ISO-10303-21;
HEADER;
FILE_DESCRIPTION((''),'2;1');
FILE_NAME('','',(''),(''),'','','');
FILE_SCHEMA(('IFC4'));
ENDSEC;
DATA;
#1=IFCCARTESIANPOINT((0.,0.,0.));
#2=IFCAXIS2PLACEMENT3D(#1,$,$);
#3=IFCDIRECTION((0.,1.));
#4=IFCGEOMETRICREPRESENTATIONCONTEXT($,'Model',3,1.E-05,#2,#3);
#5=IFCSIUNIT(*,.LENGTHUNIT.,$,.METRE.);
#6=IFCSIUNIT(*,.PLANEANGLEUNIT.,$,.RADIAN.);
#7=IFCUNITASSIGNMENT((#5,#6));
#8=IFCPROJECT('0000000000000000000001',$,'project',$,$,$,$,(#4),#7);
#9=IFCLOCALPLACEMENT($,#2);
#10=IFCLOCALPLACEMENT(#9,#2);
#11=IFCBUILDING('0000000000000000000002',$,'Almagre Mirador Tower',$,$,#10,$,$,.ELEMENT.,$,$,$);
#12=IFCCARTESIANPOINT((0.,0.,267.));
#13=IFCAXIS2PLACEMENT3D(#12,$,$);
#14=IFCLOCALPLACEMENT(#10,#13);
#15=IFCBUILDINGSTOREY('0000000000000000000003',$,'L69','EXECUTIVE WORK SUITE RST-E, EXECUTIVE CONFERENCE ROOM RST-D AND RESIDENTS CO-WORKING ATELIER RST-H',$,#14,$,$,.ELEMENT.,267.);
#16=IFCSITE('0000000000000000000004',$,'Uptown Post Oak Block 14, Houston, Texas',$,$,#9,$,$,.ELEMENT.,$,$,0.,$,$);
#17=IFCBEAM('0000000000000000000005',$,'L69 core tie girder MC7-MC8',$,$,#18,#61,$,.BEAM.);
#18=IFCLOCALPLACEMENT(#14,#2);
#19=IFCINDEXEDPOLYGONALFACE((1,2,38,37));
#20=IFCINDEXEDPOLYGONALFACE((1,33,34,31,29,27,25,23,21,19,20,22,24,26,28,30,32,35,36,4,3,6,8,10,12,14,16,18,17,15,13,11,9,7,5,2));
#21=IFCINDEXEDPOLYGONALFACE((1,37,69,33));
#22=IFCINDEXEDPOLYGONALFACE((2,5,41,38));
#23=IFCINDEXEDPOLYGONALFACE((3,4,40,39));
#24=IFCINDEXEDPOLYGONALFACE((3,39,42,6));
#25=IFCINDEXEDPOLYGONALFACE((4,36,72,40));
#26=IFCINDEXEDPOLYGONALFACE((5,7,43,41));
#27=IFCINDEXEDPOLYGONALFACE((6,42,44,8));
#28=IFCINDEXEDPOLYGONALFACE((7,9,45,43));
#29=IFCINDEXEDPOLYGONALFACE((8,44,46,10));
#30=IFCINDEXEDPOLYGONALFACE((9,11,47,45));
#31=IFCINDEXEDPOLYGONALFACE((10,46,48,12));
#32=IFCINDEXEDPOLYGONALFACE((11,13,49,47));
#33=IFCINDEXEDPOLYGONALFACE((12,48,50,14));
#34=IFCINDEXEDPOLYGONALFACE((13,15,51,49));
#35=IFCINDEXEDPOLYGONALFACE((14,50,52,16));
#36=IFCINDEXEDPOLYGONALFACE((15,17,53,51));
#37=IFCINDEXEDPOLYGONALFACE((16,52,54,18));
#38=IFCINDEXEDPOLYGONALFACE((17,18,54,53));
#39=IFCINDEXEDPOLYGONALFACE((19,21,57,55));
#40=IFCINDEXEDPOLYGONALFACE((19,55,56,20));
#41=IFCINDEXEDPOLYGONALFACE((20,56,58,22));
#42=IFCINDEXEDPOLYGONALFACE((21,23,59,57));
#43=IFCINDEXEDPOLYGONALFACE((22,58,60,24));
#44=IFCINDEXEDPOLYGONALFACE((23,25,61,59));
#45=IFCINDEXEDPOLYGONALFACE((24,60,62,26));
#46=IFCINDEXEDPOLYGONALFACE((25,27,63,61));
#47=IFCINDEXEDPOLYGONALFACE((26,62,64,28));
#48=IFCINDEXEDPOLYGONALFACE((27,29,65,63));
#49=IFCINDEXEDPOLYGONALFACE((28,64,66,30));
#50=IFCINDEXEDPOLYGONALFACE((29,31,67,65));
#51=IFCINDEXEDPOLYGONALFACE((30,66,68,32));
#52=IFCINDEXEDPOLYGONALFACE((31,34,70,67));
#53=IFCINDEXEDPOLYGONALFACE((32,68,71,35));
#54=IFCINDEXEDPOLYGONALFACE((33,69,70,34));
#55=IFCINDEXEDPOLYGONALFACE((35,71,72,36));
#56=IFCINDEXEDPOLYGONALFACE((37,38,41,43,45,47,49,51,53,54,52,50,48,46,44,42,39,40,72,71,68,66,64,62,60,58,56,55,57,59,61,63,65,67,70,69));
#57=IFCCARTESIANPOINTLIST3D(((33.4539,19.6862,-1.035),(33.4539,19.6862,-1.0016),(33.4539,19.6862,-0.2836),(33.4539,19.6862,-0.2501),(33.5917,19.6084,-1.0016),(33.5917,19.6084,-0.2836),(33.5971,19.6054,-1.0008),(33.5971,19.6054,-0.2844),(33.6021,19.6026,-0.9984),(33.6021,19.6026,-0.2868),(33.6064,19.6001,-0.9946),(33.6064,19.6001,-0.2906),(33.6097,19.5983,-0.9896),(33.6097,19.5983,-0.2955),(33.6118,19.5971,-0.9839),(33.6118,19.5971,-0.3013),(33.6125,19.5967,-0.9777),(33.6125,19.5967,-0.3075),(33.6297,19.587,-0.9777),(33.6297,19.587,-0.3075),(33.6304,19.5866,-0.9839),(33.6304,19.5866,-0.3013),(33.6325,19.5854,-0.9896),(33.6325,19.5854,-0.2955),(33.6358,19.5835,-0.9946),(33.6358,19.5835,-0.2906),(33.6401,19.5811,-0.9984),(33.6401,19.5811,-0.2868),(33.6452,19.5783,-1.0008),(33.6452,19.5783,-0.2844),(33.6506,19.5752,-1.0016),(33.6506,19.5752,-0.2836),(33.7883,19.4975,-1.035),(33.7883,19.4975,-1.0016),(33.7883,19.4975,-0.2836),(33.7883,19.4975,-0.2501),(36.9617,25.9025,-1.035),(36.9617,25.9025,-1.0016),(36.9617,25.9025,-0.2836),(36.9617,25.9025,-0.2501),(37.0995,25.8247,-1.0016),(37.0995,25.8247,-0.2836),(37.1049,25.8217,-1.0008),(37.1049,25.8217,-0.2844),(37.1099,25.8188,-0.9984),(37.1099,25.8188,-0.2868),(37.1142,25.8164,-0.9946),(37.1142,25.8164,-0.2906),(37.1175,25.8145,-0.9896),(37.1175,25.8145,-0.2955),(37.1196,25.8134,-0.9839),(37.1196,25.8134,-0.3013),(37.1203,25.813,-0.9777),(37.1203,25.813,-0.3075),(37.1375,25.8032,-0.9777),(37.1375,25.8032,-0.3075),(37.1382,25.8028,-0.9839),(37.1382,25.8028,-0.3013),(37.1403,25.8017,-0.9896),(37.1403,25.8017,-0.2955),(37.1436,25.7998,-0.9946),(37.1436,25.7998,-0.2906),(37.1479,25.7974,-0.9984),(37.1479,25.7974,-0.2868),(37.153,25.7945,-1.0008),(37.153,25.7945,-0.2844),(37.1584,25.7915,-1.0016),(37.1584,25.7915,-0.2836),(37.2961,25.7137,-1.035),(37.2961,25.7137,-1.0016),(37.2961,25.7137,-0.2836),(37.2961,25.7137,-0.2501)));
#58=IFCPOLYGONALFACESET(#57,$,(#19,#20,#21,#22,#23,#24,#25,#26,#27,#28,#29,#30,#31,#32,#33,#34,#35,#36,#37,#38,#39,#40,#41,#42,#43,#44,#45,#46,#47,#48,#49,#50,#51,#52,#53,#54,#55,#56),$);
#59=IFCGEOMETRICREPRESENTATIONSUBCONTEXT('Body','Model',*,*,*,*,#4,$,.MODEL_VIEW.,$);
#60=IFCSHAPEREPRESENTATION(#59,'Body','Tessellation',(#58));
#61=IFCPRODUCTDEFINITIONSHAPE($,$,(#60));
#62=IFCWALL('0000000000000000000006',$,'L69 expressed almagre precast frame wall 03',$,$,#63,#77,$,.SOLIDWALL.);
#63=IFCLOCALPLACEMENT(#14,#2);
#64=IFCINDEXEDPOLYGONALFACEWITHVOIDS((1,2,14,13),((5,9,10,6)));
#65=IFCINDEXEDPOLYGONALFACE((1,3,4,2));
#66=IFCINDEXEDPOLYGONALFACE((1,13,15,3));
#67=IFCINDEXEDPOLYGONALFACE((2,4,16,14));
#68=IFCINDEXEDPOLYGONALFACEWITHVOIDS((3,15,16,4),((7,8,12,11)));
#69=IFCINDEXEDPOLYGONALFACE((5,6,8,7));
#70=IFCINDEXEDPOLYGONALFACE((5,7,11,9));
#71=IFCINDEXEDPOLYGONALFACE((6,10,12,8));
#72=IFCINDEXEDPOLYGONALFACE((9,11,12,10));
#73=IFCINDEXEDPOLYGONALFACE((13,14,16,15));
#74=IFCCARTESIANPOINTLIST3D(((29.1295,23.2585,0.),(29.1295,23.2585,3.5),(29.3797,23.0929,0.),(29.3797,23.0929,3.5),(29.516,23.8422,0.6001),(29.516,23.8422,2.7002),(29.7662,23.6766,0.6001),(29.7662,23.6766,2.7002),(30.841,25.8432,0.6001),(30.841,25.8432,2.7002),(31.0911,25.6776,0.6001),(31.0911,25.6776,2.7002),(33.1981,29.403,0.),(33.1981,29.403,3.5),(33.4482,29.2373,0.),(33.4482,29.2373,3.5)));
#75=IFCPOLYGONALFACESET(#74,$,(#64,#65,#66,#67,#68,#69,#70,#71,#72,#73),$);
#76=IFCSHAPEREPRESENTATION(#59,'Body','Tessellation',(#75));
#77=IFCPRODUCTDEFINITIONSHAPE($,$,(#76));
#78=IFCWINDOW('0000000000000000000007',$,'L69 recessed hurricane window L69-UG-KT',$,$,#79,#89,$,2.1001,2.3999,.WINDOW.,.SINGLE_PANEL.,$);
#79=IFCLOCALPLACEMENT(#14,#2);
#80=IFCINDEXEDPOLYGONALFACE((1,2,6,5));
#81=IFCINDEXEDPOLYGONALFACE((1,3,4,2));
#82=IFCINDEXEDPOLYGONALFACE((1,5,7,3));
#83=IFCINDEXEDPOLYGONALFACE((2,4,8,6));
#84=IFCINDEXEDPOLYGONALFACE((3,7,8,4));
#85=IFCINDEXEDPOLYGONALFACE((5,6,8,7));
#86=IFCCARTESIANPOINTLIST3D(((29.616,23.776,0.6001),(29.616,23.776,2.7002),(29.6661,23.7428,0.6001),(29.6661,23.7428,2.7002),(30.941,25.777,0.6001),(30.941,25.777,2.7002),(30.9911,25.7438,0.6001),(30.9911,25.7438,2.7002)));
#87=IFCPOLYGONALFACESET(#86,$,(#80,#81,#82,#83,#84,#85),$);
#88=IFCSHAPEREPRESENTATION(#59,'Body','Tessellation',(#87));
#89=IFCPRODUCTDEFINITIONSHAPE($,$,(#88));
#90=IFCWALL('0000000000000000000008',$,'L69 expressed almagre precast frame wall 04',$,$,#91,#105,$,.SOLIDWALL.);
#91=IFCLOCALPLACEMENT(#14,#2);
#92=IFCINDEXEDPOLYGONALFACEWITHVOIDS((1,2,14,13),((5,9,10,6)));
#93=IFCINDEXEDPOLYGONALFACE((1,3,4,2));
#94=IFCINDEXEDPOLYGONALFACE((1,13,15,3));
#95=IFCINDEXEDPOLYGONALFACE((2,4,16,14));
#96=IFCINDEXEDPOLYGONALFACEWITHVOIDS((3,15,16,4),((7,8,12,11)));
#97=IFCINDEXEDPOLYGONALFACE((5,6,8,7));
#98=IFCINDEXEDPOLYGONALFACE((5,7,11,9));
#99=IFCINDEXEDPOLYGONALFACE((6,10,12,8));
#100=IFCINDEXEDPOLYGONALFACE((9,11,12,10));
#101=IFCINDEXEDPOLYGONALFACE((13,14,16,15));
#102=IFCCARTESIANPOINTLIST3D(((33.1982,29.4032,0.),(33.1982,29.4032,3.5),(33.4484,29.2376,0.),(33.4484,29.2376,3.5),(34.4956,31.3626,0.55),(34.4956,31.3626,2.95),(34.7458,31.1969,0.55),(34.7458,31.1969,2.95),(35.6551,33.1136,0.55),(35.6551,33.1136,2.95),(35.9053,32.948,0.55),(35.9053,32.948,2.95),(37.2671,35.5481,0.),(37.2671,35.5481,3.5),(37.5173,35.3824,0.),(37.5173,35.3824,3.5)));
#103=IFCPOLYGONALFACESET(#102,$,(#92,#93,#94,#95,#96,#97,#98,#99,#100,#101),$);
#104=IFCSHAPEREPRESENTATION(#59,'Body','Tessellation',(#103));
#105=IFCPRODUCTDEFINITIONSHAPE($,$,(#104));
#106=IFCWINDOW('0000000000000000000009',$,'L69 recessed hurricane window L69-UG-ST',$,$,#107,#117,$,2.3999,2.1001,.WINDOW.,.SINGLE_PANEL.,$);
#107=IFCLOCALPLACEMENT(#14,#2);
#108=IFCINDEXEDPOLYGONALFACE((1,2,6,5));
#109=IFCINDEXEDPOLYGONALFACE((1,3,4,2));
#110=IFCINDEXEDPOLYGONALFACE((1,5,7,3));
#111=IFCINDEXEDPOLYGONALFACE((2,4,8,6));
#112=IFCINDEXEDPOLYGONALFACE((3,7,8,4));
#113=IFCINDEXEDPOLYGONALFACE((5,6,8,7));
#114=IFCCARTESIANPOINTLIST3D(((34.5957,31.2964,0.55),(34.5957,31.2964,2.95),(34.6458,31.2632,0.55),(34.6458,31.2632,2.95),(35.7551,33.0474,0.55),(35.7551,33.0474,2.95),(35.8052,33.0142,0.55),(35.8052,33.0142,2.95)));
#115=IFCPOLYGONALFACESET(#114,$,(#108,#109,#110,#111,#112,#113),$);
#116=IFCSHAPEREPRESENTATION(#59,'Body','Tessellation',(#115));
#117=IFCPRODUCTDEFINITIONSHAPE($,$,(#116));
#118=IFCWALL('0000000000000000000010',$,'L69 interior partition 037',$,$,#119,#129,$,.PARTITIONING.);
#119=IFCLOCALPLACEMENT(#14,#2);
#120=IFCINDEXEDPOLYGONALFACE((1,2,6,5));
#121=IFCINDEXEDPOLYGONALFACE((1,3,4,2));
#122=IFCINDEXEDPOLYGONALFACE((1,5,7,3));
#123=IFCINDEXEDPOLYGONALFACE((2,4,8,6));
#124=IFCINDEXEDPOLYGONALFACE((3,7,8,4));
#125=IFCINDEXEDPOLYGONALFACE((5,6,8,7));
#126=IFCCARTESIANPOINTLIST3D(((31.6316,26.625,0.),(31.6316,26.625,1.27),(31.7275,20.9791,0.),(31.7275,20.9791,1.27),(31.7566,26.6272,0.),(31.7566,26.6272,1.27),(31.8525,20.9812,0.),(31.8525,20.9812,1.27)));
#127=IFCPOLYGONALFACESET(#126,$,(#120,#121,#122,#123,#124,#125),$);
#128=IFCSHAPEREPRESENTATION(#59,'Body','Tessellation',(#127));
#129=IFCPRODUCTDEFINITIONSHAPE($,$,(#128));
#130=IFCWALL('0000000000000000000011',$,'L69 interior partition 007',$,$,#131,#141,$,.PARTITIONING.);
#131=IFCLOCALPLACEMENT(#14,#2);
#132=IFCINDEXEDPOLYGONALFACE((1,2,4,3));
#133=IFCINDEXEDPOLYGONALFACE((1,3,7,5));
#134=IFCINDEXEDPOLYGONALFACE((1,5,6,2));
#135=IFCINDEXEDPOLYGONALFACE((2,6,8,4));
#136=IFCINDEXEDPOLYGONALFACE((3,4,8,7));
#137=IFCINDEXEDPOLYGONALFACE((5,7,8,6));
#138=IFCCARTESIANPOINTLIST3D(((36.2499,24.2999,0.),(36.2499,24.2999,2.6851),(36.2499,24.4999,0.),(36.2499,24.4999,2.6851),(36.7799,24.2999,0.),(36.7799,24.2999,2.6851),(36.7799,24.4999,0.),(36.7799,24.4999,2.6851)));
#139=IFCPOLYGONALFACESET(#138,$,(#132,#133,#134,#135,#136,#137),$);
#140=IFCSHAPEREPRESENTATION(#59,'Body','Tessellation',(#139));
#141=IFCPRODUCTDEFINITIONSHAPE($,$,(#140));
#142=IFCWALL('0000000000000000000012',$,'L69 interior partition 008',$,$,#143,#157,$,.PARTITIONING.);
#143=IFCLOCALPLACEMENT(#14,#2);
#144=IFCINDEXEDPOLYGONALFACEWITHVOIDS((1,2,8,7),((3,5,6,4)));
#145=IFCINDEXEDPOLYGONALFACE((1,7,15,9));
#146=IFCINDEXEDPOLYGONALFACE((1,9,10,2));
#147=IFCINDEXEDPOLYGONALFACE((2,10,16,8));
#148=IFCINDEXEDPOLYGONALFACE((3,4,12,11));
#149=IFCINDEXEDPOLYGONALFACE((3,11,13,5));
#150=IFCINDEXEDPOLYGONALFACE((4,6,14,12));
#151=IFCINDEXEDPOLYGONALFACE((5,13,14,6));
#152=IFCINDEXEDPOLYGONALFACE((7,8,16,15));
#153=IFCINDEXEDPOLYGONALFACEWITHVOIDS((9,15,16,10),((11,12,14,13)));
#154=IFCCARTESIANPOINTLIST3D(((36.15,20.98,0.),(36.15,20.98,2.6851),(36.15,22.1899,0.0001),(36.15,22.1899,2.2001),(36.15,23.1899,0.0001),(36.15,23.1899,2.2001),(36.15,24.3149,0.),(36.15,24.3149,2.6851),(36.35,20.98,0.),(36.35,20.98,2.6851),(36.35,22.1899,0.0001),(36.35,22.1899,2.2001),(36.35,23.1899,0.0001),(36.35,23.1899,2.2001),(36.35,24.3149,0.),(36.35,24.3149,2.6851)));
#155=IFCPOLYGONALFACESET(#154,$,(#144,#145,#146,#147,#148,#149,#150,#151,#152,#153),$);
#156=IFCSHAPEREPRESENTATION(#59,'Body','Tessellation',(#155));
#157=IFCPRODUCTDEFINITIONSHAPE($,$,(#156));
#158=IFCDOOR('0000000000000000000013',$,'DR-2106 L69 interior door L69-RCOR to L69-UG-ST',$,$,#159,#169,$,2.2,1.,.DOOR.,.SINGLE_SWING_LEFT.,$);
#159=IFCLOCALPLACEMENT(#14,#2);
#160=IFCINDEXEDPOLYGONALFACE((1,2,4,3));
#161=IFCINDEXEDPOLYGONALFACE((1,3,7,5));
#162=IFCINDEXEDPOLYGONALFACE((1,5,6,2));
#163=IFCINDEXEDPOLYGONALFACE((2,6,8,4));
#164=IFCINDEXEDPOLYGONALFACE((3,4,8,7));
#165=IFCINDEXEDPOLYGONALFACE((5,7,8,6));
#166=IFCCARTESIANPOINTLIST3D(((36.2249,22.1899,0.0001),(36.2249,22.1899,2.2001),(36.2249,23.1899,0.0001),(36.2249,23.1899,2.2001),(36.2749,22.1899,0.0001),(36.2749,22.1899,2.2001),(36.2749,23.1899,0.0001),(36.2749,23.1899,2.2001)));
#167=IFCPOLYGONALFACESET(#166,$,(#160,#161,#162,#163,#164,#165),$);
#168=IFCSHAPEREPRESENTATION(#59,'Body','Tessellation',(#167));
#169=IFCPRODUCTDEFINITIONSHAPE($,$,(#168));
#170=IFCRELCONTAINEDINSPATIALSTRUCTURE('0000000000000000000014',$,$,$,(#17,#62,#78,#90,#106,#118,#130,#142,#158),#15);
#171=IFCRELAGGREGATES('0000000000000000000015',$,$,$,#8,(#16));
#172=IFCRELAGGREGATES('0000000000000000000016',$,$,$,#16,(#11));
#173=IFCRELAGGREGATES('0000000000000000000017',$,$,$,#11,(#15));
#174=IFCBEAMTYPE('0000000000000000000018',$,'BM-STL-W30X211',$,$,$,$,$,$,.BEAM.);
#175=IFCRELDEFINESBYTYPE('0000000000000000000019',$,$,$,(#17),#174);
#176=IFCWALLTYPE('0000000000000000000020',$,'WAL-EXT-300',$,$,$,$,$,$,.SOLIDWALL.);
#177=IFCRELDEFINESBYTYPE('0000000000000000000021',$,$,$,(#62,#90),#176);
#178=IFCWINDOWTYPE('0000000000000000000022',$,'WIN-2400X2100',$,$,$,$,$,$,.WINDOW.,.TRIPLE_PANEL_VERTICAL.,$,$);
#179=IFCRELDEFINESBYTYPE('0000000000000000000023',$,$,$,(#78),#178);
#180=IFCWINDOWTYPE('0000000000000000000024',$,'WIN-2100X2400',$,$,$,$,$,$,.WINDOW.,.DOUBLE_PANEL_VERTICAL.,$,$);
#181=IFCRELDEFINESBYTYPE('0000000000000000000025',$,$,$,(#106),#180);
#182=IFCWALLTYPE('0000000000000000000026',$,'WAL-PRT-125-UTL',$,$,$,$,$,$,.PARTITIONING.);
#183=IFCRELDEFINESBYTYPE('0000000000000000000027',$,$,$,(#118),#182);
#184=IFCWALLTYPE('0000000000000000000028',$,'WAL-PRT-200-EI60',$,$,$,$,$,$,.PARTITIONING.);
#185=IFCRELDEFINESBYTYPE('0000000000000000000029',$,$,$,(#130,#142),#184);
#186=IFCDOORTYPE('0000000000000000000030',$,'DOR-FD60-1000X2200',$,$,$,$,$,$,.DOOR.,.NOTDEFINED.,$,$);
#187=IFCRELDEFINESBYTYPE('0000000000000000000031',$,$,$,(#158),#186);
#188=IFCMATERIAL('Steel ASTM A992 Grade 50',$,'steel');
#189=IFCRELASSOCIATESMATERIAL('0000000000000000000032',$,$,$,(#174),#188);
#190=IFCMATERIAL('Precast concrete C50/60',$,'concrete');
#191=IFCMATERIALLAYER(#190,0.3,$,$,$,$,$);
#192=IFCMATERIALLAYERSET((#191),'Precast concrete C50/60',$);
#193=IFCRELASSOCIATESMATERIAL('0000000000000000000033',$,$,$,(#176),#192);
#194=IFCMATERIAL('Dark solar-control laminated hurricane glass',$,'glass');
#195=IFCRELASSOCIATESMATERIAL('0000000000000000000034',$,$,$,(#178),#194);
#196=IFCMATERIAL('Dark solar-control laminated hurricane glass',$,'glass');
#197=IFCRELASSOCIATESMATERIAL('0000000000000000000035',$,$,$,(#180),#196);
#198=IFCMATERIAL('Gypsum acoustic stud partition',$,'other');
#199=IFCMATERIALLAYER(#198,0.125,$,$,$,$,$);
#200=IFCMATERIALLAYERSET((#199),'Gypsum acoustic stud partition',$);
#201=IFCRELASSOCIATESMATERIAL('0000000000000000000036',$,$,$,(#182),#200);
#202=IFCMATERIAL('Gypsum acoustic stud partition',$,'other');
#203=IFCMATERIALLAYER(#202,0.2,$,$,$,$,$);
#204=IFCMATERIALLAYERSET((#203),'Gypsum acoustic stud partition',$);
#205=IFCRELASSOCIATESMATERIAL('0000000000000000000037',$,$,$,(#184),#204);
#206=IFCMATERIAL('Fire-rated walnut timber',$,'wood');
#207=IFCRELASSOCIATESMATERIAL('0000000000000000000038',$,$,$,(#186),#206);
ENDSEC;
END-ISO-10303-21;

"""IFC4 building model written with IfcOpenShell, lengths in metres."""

from ifc_helpers import new_model, si_unit, direction, frame, frame_2d, origin, origin_2d, place, context, subcontext, project, spatial, rectangle, i_section, extrude, material, layer, layer_set, material_profile, profile_set, type_object, element, fill, save


model = new_model("IFC4")

# Units and contexts
model_context = context("Model", 3, precision=1e-05, world=origin(), true_north=direction((0.0, 1.0)))
body_context = subcontext(model_context, "Body", "Model", "MODEL_VIEW")
ifc_project = project(units=[si_unit("LENGTHUNIT", "METRE"), si_unit("PLANEANGLEUNIT", "RADIAN")], contexts=[model_context])

# Site, building, storey
site_placement = place(None, origin())
site = spatial("IfcSite", under=ifc_project, at=site_placement, Name="Uptown Post Oak Block 14, Houston, Texas", CompositionType="ELEMENT", RefElevation=0.0)
building_placement = place(site_placement, origin())
building = spatial("IfcBuilding", under=site, at=building_placement, Name="Almagre Mirador Tower", CompositionType="ELEMENT")
storey_placement = place(building_placement, frame((0.0, 0.0, 267.0)))
storey = spatial("IfcBuildingStorey", under=building, at=storey_placement, Name="L69", Description="EXECUTIVE WORK SUITE RST-E, EXECUTIVE CONFERENCE ROOM RST-D AND RESIDENTS CO-WORKING ATELIER RST-H", CompositionType="ELEMENT", Elevation=267.0)

# Beam
ifc_material_1 = material(Name="Steel ASTM A992 Grade 50", Category="steel")
ifc_material_profile_1 = material_profile(ifc_material_1, i_section(OverallWidth=0.384, OverallDepth=0.7849, WebThickness=0.0198, FlangeThickness=0.0334, FilletRadius=0.0239, at=origin_2d()), Name="W30X211")
ifc_profile_set_1 = profile_set([ifc_material_profile_1], Name="Steel ASTM A992 Grade 50")
beam_type_1 = type_object("IfcBeamType", Name="BM-STL-W30X211", PredefinedType="BEAM", material=ifc_profile_set_1)
beam_1_placement = place(storey_placement, frame((37.1289, 25.8081, -0.6426), z_axis=(-0.491446, -0.870908, 0.0), x_axis=(0.870908, -0.491446, 0.0)))
element("IfcBeam", 1, at=beam_1_placement, inside=storey, type_object=beam_type_1, Name="L69 core tie girder MC7-MC8", PredefinedType="BEAM", context=body_context, shape_type="SweptSolid", body=[
    extrude(i_section(OverallWidth=0.384, OverallDepth=0.7849, WebThickness=0.0198, FlangeThickness=0.0334, FilletRadius=0.0239, at=origin_2d()), origin(), (0.0, 0.0, 1.0), 7.1377),
])

# Walls, openings, windows
ifc_material_2 = material(Name="Precast concrete C50/60", Category="concrete")
ifc_layer_1 = layer(ifc_material_2, 0.3)
ifc_layer_set_1 = layer_set([ifc_layer_1], Name="Precast concrete C50/60")
wall_type_1 = type_object("IfcWallType", Name="WAL-EXT-300", PredefinedType="SOLIDWALL", material=ifc_layer_set_1)
wall_1_placement = place(storey_placement, frame((29.2546, 23.1758, 0.0), z_axis=(0.0, 0.0, 1.0), x_axis=(0.55209, 0.833784, 0.0)))
wall_1 = element("IfcWall", 2, at=wall_1_placement, inside=storey, type_object=wall_type_1, Name="L69 expressed almagre precast frame wall 03", PredefinedType="SOLIDWALL", context=body_context, shape_type="SweptSolid", body=[
    extrude(rectangle(XDim=7.3694, YDim=0.3, at=frame_2d((3.6846, 0.0))), origin(), (0.0, 0.0, 1.0), 3.5),
])
opening_1_placement = place(wall_1_placement, frame((0.7, 0.0, 0.6001)))
opening_1 = element("IfcOpeningElement", 3, at=opening_1_placement, cuts=wall_1, PredefinedType="OPENING", context=body_context, shape_type="SweptSolid", body=[
    extrude(rectangle(XDim=2.3999, YDim=2.1001, at=frame_2d((1.2, 1.05))), frame((0.0, 0.1599, 0.0), z_axis=(0.0, -1.0, 0.0), x_axis=(1.0, 0.0, 0.0)), (0.0, 0.0, 1.0), 0.32),
])
ifc_material_3 = material(Name="Dark solar-control laminated hurricane glass", Category="glass")
window_type_1 = type_object("IfcWindowType", Name="WIN-2400X2100", PartitioningType="TRIPLE_PANEL_VERTICAL", PredefinedType="WINDOW", material=ifc_material_3)
window_1_placement = place(opening_1_placement, origin())
window_1 = element("IfcWindow", 4, at=window_1_placement, inside=storey, type_object=window_type_1, Name="L69 recessed hurricane window L69-UG-KT", OverallHeight=2.1001, OverallWidth=2.3999, PartitioningType="SINGLE_PANEL", PredefinedType="WINDOW", context=body_context, shape_type="SweptSolid", body=[
    extrude(rectangle(XDim=2.3999, YDim=2.1001, at=frame_2d((1.2, 1.05))), frame((0.0, 0.03, 0.0), z_axis=(0.0, -1.0, 0.0), x_axis=(1.0, 0.0, 0.0)), (0.0, 0.0, 1.0), 0.0601),
])
fill(opening_1, window_1)
wall_2_placement = place(storey_placement, frame((33.3232, 29.3203, 0.0), z_axis=(0.0, 0.0, 1.0), x_axis=(0.552098, 0.833779, 0.0)))
wall_2 = element("IfcWall", 5, at=wall_2_placement, inside=storey, type_object=wall_type_1, Name="L69 expressed almagre precast frame wall 04", PredefinedType="SOLIDWALL", context=body_context, shape_type="SweptSolid", body=[
    extrude(rectangle(XDim=7.3699, YDim=0.3, at=frame_2d((3.6851, 0.0))), origin(), (0.0, 0.0, 1.0), 3.5),
])
opening_2_placement = place(wall_2_placement, frame((2.3501, 0.0, 0.55)))
opening_2 = element("IfcOpeningElement", 6, at=opening_2_placement, cuts=wall_2, PredefinedType="OPENING", context=body_context, shape_type="SweptSolid", body=[
    extrude(rectangle(XDim=2.1001, YDim=2.3999, at=frame_2d((1.05, 1.2))), frame((0.0, 0.1599, 0.0), z_axis=(0.0, -1.0, 0.0), x_axis=(1.0, 0.0, 0.0)), (0.0, 0.0, 1.0), 0.32),
])
ifc_material_4 = material(Name="Dark solar-control laminated hurricane glass", Category="glass")
window_type_2 = type_object("IfcWindowType", Name="WIN-2100X2400", PartitioningType="DOUBLE_PANEL_VERTICAL", PredefinedType="WINDOW", material=ifc_material_4)
window_2_placement = place(opening_2_placement, origin())
window_2 = element("IfcWindow", 7, at=window_2_placement, inside=storey, type_object=window_type_2, Name="L69 recessed hurricane window L69-UG-ST", OverallHeight=2.3999, OverallWidth=2.1001, PartitioningType="SINGLE_PANEL", PredefinedType="WINDOW", context=body_context, shape_type="SweptSolid", body=[
    extrude(rectangle(XDim=2.1001, YDim=2.3999, at=frame_2d((1.05, 1.2))), frame((0.0, 0.03, 0.0), z_axis=(0.0, -1.0, 0.0), x_axis=(1.0, 0.0, 0.0)), (0.0, 0.0, 1.0), 0.0601),
])
fill(opening_2, window_2)

# Walls
ifc_material_5 = material(Name="Gypsum acoustic stud partition", Category="other")
ifc_layer_2 = layer(ifc_material_5, 0.125)
ifc_layer_set_2 = layer_set([ifc_layer_2], Name="Gypsum acoustic stud partition")
wall_type_2 = type_object("IfcWallType", Name="WAL-PRT-125-UTL", PredefinedType="PARTITIONING", material=ifc_layer_set_2)
wall_3_placement = place(storey_placement, frame((31.6941, 26.626, 0.0), z_axis=(0.0, 0.0, 1.0), x_axis=(0.016991, -0.999856, 0.0)))
element("IfcWall", 8, at=wall_3_placement, inside=storey, type_object=wall_type_2, Name="L69 interior partition 037", PredefinedType="PARTITIONING", context=body_context, shape_type="SweptSolid", body=[
    extrude(rectangle(XDim=5.6467, YDim=0.125, at=frame_2d((2.8232, 0.0))), origin(), (0.0, 0.0, 1.0), 1.27),
])
ifc_material_6 = material(Name="Gypsum acoustic stud partition", Category="other")
ifc_layer_3 = layer(ifc_material_6, 0.2)
ifc_layer_set_3 = layer_set([ifc_layer_3], Name="Gypsum acoustic stud partition")
wall_type_3 = type_object("IfcWallType", Name="WAL-PRT-200-EI60", PredefinedType="PARTITIONING", material=ifc_layer_set_3)
wall_4_placement = place(storey_placement, frame((36.78, 24.3999, 0.0), z_axis=(0.0, 0.0, 1.0), x_axis=(-1.0, 0.0, 0.0)))
element("IfcWall", 9, at=wall_4_placement, inside=storey, type_object=wall_type_3, Name="L69 interior partition 007", PredefinedType="PARTITIONING", context=body_context, shape_type="SweptSolid", body=[
    extrude(rectangle(XDim=0.53, YDim=0.2, at=frame_2d((0.2651, 0.0))), origin(), (0.0, 0.0, 1.0), 2.6851),
])

# Wall, opening, door
wall_5_placement = place(storey_placement, frame((36.25, 24.3149, 0.0), z_axis=(0.0, 0.0, 1.0), x_axis=(0.0, -1.0, 0.0)))
wall_5 = element("IfcWall", 10, at=wall_5_placement, inside=storey, type_object=wall_type_3, Name="L69 interior partition 008", PredefinedType="PARTITIONING", context=body_context, shape_type="SweptSolid", body=[
    extrude(rectangle(XDim=3.335, YDim=0.2, at=frame_2d((1.6675, 0.0))), origin(), (0.0, 0.0, 1.0), 2.6851),
])
opening_3_placement = place(wall_5_placement, frame((1.125, 0.0, 0.0)))
opening_3 = element("IfcOpeningElement", 11, at=opening_3_placement, cuts=wall_5, PredefinedType="OPENING", context=body_context, shape_type="SweptSolid", body=[
    extrude(rectangle(XDim=1.0, YDim=2.2, at=frame_2d((0.5, 1.1001))), frame((0.0, 0.1101, 0.0), z_axis=(0.0, -1.0, 0.0), x_axis=(1.0, 0.0, 0.0)), (0.0, 0.0, 1.0), 0.22),
])
ifc_material_7 = material(Name="Fire-rated walnut timber", Category="wood")
door_type = type_object("IfcDoorType", Name="DOR-FD60-1000X2200", OperationType="NOTDEFINED", PredefinedType="DOOR", material=ifc_material_7)
door_placement = place(opening_3_placement, origin())
door = element("IfcDoor", 12, at=door_placement, inside=storey, type_object=door_type, Name="DR-2106 L69 interior door L69-RCOR to L69-UG-ST", OperationType="SINGLE_SWING_LEFT", OverallHeight=2.2, OverallWidth=1.0, PredefinedType="DOOR", context=body_context, shape_type="SweptSolid", body=[
    extrude(rectangle(XDim=1.0, YDim=2.2, at=frame_2d((0.5, 1.1001))), frame((0.0, 0.0249, 0.0), z_axis=(0.0, -1.0, 0.0), x_axis=(1.0, 0.0, 0.0)), (0.0, 0.0, 1.0), 0.05),
])
fill(opening_3, door)

save(model, "model.ifc")
